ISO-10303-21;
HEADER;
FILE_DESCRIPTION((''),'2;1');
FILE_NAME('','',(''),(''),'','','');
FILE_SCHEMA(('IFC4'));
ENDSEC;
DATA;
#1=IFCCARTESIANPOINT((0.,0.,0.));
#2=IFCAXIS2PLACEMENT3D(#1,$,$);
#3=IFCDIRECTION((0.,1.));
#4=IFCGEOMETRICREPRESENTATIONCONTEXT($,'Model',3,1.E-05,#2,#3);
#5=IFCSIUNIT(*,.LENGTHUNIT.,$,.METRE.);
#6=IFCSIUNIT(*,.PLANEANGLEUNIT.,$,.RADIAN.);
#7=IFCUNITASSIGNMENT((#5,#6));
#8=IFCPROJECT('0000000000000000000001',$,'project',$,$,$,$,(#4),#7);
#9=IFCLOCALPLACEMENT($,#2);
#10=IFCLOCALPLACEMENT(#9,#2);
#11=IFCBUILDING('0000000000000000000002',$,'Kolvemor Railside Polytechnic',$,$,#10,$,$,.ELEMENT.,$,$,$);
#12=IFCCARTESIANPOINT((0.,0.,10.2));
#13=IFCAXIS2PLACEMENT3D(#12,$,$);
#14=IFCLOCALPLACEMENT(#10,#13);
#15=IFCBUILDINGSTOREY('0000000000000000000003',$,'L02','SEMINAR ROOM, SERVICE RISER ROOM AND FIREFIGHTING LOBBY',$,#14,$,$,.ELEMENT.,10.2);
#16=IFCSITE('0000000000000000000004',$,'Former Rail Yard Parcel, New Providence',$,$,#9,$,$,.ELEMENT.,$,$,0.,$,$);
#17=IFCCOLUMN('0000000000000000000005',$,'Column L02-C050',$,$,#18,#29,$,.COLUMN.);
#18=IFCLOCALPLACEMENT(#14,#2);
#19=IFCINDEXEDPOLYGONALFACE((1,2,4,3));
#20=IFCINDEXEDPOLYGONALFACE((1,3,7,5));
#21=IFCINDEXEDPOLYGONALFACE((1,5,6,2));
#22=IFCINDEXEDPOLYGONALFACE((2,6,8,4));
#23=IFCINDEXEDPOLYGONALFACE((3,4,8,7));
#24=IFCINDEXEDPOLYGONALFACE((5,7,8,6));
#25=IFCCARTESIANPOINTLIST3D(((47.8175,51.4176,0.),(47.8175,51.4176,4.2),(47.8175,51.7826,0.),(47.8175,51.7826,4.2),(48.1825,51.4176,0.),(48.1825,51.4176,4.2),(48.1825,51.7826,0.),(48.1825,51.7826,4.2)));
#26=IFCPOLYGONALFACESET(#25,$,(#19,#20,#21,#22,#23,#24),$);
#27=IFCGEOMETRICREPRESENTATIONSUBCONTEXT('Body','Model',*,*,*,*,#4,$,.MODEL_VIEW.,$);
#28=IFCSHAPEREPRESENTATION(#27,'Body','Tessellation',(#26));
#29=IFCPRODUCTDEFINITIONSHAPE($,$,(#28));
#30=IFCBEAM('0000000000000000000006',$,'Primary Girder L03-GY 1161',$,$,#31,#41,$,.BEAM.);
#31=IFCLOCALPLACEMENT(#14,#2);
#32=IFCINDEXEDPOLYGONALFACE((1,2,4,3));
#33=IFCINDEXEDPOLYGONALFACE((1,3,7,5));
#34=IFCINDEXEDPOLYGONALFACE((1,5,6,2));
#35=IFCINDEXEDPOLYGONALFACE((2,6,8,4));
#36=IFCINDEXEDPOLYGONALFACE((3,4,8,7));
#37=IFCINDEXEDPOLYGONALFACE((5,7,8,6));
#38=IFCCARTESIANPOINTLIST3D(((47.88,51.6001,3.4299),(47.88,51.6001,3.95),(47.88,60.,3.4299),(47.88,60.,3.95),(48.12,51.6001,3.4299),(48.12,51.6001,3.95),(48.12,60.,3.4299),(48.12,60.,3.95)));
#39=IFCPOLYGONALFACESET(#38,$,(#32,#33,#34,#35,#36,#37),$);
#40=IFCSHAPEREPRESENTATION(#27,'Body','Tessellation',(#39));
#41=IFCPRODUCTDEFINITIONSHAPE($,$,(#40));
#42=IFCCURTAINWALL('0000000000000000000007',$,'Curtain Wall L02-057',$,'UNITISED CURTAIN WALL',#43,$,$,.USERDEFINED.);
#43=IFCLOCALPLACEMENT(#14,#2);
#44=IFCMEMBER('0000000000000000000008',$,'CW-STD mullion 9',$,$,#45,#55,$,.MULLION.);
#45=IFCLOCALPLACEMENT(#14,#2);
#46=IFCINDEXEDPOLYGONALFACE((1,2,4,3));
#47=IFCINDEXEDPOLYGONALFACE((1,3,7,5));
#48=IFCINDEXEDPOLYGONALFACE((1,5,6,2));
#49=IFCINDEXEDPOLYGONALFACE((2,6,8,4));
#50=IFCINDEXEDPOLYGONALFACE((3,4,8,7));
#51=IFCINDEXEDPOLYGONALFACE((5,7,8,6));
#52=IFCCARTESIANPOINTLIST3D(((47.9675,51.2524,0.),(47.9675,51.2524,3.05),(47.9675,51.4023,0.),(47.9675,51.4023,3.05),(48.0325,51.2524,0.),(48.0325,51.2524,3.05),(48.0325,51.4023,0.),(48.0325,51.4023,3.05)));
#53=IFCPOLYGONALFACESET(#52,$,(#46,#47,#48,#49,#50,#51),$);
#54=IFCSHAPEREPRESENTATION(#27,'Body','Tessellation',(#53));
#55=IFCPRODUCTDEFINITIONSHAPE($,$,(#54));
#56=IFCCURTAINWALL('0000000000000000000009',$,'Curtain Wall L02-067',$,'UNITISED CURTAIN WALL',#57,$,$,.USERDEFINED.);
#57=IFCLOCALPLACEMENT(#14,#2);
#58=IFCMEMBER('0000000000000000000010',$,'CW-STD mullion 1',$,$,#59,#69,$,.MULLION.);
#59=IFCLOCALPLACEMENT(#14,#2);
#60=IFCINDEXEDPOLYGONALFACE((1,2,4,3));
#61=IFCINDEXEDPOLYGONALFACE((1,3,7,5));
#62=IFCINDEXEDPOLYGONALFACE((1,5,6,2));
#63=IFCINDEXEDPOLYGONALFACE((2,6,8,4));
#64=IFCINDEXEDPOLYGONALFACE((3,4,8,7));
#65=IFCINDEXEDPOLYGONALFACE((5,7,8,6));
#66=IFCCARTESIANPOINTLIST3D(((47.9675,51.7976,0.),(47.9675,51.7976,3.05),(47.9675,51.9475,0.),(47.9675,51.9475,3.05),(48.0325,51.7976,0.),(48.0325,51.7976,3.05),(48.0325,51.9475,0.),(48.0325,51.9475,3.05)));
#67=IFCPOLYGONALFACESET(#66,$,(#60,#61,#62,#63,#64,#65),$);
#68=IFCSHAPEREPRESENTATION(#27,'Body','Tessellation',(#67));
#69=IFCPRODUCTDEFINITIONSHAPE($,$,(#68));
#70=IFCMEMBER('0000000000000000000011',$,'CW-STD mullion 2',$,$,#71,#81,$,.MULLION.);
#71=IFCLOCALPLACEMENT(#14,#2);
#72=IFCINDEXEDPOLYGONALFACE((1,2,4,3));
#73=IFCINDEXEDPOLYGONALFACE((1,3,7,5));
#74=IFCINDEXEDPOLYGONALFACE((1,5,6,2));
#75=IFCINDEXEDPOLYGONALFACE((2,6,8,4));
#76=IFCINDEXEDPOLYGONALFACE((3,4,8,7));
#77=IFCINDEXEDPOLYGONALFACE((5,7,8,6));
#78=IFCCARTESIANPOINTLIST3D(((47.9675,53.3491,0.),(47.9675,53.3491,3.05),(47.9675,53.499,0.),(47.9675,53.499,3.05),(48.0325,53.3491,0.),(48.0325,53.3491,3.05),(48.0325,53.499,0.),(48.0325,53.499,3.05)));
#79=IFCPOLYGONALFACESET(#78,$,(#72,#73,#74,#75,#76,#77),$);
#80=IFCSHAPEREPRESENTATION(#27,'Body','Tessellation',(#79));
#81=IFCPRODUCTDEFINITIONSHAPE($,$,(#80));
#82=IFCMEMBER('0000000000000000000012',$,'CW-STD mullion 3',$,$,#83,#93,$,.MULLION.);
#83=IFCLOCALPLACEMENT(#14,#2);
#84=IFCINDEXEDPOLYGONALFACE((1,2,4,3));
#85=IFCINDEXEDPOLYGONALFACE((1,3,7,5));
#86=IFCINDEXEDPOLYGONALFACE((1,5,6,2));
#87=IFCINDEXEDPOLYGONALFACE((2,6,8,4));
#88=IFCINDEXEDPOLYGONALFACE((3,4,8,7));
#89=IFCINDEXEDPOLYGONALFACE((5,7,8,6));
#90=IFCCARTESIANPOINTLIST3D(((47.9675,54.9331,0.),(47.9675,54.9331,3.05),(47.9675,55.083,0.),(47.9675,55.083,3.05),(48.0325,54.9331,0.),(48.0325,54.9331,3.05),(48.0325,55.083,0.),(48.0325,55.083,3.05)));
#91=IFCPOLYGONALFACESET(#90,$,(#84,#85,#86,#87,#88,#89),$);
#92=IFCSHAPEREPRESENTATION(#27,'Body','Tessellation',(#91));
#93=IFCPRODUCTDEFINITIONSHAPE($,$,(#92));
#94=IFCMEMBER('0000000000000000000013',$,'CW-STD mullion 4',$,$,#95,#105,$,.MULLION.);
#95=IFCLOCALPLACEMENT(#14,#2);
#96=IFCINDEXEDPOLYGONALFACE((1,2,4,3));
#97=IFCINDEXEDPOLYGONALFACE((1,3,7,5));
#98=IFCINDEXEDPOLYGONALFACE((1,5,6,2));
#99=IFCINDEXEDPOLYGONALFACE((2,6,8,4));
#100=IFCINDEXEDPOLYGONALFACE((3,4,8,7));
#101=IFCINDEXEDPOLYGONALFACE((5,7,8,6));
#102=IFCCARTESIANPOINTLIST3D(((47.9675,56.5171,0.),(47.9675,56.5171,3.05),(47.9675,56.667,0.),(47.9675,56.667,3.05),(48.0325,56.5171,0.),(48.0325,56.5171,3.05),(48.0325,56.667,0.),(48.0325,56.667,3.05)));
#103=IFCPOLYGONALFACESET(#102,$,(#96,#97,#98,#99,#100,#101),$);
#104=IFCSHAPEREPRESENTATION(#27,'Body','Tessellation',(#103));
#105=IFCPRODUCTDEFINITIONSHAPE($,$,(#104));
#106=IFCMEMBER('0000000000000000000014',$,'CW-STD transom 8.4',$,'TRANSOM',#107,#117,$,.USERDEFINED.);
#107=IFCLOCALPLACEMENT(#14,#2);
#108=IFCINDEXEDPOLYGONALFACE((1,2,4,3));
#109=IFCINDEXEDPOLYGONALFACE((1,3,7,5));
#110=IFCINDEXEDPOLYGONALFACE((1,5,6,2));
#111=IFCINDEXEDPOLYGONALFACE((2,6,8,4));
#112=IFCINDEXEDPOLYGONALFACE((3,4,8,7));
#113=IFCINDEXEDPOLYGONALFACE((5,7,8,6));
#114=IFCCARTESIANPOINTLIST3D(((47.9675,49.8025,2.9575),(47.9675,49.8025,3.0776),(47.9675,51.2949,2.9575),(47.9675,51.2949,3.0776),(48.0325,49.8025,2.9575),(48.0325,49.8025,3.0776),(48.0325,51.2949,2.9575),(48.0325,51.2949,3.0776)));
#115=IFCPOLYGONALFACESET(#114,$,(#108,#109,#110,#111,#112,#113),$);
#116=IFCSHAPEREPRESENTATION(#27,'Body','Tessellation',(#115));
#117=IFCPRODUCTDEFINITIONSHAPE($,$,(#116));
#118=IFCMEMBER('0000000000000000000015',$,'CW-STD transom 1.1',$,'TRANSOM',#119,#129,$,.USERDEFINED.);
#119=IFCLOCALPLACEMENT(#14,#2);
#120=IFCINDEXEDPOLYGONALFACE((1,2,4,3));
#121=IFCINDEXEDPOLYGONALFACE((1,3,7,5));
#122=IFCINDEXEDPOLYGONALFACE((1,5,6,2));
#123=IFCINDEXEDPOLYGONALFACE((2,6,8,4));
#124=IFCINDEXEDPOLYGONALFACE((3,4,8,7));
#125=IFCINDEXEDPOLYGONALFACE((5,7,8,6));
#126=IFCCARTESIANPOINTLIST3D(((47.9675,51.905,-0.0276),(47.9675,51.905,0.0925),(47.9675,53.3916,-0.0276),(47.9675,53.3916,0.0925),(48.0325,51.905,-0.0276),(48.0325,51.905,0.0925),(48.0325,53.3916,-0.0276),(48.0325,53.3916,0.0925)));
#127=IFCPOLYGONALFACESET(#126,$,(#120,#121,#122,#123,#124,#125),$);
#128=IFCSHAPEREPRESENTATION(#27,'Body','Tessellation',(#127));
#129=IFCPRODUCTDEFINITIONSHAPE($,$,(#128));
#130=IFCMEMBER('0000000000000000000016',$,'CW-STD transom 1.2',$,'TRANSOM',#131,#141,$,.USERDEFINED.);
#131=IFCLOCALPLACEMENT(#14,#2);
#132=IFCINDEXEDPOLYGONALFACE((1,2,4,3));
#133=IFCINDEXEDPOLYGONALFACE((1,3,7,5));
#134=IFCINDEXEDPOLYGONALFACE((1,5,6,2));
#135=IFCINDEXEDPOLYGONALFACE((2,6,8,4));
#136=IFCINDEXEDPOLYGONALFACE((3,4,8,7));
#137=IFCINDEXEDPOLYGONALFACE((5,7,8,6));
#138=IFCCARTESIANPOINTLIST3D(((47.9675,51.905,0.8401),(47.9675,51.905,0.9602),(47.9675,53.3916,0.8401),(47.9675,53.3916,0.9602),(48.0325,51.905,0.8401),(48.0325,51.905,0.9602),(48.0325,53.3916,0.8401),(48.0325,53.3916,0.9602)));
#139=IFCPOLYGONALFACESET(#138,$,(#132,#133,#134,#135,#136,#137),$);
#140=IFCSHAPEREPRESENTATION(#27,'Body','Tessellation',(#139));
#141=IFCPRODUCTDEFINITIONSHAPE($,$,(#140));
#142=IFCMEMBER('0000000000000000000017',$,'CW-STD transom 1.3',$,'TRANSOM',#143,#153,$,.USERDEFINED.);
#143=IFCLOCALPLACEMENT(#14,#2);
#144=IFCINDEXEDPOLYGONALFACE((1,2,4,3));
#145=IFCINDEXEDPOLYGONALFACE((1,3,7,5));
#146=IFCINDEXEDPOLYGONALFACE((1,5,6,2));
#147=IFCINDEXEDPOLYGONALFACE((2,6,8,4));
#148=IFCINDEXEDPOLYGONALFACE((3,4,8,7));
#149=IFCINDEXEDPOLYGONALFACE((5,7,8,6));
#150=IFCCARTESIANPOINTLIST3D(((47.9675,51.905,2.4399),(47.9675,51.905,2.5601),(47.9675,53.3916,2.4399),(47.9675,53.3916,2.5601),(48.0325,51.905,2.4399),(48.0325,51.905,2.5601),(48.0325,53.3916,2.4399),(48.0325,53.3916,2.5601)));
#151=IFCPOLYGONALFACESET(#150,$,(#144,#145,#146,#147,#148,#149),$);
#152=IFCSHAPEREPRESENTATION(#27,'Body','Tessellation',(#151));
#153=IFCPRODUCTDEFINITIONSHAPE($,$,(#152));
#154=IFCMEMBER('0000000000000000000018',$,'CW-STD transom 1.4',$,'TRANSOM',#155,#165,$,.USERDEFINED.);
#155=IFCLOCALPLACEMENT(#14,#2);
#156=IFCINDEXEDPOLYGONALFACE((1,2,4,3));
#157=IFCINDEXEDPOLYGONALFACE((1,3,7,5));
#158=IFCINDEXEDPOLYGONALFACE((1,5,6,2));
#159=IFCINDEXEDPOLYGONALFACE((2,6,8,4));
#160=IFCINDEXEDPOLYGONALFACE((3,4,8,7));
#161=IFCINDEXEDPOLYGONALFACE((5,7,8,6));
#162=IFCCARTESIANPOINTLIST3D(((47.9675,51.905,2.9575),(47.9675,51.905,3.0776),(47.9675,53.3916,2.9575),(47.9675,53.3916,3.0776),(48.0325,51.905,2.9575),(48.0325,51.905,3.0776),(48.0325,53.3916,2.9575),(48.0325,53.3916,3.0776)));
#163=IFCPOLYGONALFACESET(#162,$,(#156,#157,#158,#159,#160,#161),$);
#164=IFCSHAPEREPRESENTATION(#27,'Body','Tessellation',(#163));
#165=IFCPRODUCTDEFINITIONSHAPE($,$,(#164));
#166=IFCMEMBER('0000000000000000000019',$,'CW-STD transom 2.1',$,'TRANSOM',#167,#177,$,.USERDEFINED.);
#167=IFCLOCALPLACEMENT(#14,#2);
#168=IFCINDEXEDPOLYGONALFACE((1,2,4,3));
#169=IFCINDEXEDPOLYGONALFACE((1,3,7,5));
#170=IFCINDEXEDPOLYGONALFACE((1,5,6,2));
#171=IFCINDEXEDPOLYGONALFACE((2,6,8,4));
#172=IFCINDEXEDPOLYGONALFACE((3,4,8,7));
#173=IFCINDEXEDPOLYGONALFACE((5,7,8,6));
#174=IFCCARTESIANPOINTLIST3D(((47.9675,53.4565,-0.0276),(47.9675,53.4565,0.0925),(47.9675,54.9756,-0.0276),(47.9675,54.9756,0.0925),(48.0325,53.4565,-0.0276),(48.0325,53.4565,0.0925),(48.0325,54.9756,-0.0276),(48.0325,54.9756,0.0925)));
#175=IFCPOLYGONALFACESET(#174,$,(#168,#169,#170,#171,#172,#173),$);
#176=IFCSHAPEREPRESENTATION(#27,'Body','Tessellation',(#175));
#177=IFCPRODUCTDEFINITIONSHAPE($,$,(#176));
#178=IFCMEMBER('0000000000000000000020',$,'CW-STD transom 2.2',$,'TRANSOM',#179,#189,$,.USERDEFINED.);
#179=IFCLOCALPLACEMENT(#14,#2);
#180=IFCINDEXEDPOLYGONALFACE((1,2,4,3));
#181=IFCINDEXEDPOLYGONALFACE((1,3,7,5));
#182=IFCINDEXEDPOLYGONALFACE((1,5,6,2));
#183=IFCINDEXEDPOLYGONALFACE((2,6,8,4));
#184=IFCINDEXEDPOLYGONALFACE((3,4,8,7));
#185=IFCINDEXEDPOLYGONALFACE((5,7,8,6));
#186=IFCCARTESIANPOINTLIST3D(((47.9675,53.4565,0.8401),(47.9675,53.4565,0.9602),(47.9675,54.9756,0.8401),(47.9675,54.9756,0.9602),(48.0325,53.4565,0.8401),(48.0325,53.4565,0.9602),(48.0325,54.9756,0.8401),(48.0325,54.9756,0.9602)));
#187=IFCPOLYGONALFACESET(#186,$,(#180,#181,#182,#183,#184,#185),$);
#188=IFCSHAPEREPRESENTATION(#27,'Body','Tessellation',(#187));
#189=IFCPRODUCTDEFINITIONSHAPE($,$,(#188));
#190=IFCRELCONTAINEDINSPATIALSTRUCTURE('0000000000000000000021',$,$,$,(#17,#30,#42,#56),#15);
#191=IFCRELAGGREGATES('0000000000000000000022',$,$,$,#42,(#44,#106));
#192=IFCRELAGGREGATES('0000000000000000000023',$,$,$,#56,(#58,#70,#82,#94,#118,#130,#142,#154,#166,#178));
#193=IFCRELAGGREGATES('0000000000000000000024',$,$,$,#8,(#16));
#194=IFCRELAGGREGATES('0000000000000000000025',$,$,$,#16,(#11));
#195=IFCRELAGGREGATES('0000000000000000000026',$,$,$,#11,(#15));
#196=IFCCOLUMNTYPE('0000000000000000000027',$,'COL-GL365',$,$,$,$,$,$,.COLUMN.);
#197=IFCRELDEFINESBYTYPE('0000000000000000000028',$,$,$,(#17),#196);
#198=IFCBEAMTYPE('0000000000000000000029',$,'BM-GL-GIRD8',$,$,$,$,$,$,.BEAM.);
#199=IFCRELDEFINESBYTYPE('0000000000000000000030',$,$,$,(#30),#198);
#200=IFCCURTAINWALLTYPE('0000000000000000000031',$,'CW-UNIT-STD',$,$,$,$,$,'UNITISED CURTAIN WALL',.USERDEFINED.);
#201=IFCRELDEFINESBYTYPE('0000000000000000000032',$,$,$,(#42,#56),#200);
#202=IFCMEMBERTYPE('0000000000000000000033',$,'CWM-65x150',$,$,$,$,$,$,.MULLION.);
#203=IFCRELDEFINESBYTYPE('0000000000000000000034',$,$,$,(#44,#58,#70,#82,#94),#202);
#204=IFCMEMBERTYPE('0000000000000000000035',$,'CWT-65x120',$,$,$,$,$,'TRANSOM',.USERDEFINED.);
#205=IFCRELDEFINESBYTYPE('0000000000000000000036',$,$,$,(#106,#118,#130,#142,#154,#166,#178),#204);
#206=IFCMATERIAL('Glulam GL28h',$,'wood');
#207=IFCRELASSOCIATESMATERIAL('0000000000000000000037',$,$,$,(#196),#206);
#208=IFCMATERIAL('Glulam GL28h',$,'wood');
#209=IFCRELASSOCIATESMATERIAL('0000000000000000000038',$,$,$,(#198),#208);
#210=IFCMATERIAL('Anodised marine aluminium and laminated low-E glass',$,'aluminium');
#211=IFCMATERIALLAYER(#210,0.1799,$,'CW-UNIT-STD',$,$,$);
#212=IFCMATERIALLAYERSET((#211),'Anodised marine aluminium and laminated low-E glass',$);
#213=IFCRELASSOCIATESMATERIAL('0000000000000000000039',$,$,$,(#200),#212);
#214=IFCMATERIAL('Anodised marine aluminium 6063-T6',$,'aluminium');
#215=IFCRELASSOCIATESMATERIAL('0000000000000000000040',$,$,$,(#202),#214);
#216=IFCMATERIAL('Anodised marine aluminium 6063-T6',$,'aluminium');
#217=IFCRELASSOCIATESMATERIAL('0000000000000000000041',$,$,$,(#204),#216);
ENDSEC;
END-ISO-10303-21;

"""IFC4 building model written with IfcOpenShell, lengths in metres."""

from ifc_helpers import new_model, si_unit, direction, frame, origin, origin_2d, place, context, subcontext, project, spatial, rectangle, extrude, material, layer, layer_set, material_profile, profile_set, type_object, element, aggregate, save


model = new_model("IFC4")

# Units and contexts
model_context = context("Model", 3, precision=1e-05, world=origin(), true_north=direction((0.0, 1.0)))
body_context = subcontext(model_context, "Body", "Model", "MODEL_VIEW")
ifc_project = project(units=[si_unit("LENGTHUNIT", "METRE"), si_unit("PLANEANGLEUNIT", "RADIAN")], contexts=[model_context])

# Site, building, storey
site_placement = place(None, origin())
site = spatial("IfcSite", under=ifc_project, at=site_placement, Name="Former Rail Yard Parcel, New Providence", CompositionType="ELEMENT", RefElevation=0.0)
building_placement = place(site_placement, origin())
building = spatial("IfcBuilding", under=site, at=building_placement, Name="Kolvemor Railside Polytechnic", CompositionType="ELEMENT")
storey_placement = place(building_placement, frame((0.0, 0.0, 10.2)))
storey = spatial("IfcBuildingStorey", under=building, at=storey_placement, Name="L02", Description="SEMINAR ROOM, SERVICE RISER ROOM AND FIREFIGHTING LOBBY", CompositionType="ELEMENT", Elevation=10.2)

# Column
ifc_material_1 = material(Name="Glulam GL28h", Category="wood")
ifc_material_profile_1 = material_profile(ifc_material_1, rectangle(XDim=0.365, YDim=0.365, at=origin_2d()), Name="GL365x365")
ifc_profile_set_1 = profile_set([ifc_material_profile_1], Name="Glulam GL28h")
column_type = type_object("IfcColumnType", Name="COL-GL365", PredefinedType="COLUMN", material=ifc_profile_set_1)
column_placement = place(storey_placement, frame((48.0, 51.6001, 0.0), z_axis=(0.0, 0.0, 1.0), x_axis=(1.0, 0.0, 0.0)))
element("IfcColumn", 1, at=column_placement, inside=storey, type_object=column_type, Name="Column L02-C050", PredefinedType="COLUMN", context=body_context, shape_type="SweptSolid", body=[
    extrude(rectangle(XDim=0.365, YDim=0.365, at=origin_2d()), origin(), (0.0, 0.0, 1.0), 4.2),
])

# Beam
ifc_material_2 = material(Name="Glulam GL28h", Category="wood")
ifc_material_profile_2 = material_profile(ifc_material_2, rectangle(XDim=0.24, YDim=0.52, at=origin_2d()), Name="GL240x520")
ifc_profile_set_2 = profile_set([ifc_material_profile_2], Name="Glulam GL28h")
beam_type = type_object("IfcBeamType", Name="BM-GL-GIRD8", PredefinedType="BEAM", material=ifc_profile_set_2)
beam_placement = place(storey_placement, frame((48.0, 51.6001, 3.6899), z_axis=(0.0, 1.0, 0.0), x_axis=(-1.0, 0.0, 0.0)))
element("IfcBeam", 2, at=beam_placement, inside=storey, type_object=beam_type, Name="Primary Girder L03-GY 1161", PredefinedType="BEAM", context=body_context, shape_type="SweptSolid", body=[
    extrude(rectangle(XDim=0.24, YDim=0.52, at=origin_2d()), origin(), (0.0, 0.0, 1.0), 8.3999),
])

# Curtain wall, member
ifc_material_3 = material(Name="Anodised marine aluminium and laminated low-E glass", Category="aluminium")
ifc_layer_1 = layer(ifc_material_3, 0.1799, Name="CW-UNIT-STD")
ifc_layer_set_1 = layer_set([ifc_layer_1], Name="Anodised marine aluminium and laminated low-E glass")
curtain_wall_type = type_object("IfcCurtainWallType", Name="CW-UNIT-STD", ElementType="UNITISED CURTAIN WALL", PredefinedType="USERDEFINED", material=ifc_layer_set_1)
curtain_wall_1_placement = place(storey_placement, origin())
curtain_wall_1 = element("IfcCurtainWall", 3, at=curtain_wall_1_placement, inside=storey, type_object=curtain_wall_type, Name="Curtain Wall L02-057", ObjectType="UNITISED CURTAIN WALL", PredefinedType="USERDEFINED")
ifc_material_4 = material(Name="Anodised marine aluminium 6063-T6", Category="aluminium")
ifc_material_profile_3 = material_profile(ifc_material_4, rectangle(XDim=0.0649, YDim=0.1499, at=origin_2d()), Name="CW-MUL-65x150")
ifc_profile_set_3 = profile_set([ifc_material_profile_3], Name="Anodised marine aluminium 6063-T6")
member_type_1 = type_object("IfcMemberType", Name="CWM-65x150", PredefinedType="MULLION", material=ifc_profile_set_3)
member_1_placement = place(storey_placement, frame((48.0, 51.3274, 0.0), z_axis=(0.0, 0.0, 1.0), x_axis=(-1.0, 0.0, 0.0)))
member_1 = element("IfcMember", 4, at=member_1_placement, type_object=member_type_1, Name="CW-STD mullion 9", PredefinedType="MULLION", context=body_context, shape_type="SweptSolid", body=[
    extrude(rectangle(XDim=0.0649, YDim=0.1499, at=origin_2d()), origin(), (0.0, 0.0, 1.0), 3.05),
])

# Curtain wall, members
curtain_wall_2_placement = place(storey_placement, origin())
curtain_wall_2 = element("IfcCurtainWall", 5, at=curtain_wall_2_placement, inside=storey, type_object=curtain_wall_type, Name="Curtain Wall L02-067", ObjectType="UNITISED CURTAIN WALL", PredefinedType="USERDEFINED")
member_2_placement = place(storey_placement, frame((48.0, 51.8726, 0.0), z_axis=(0.0, 0.0, 1.0), x_axis=(-1.0, 0.0, 0.0)))
member_2 = element("IfcMember", 6, at=member_2_placement, type_object=member_type_1, Name="CW-STD mullion 1", PredefinedType="MULLION", context=body_context, shape_type="SweptSolid", body=[
    extrude(rectangle(XDim=0.0649, YDim=0.1499, at=origin_2d()), origin(), (0.0, 0.0, 1.0), 3.05),
])
member_3_placement = place(storey_placement, frame((48.0, 53.4241, 0.0), z_axis=(0.0, 0.0, 1.0), x_axis=(-1.0, 0.0, 0.0)))
member_3 = element("IfcMember", 7, at=member_3_placement, type_object=member_type_1, Name="CW-STD mullion 2", PredefinedType="MULLION", context=body_context, shape_type="SweptSolid", body=[
    extrude(rectangle(XDim=0.0649, YDim=0.1499, at=origin_2d()), origin(), (0.0, 0.0, 1.0), 3.05),
])
member_4_placement = place(storey_placement, frame((48.0, 55.0081, 0.0), z_axis=(0.0, 0.0, 1.0), x_axis=(-1.0, 0.0, 0.0)))
member_4 = element("IfcMember", 8, at=member_4_placement, type_object=member_type_1, Name="CW-STD mullion 3", PredefinedType="MULLION", context=body_context, shape_type="SweptSolid", body=[
    extrude(rectangle(XDim=0.0649, YDim=0.1499, at=origin_2d()), origin(), (0.0, 0.0, 1.0), 3.05),
])
member_5_placement = place(storey_placement, frame((48.0, 56.592, 0.0), z_axis=(0.0, 0.0, 1.0), x_axis=(-1.0, 0.0, 0.0)))
member_5 = element("IfcMember", 9, at=member_5_placement, type_object=member_type_1, Name="CW-STD mullion 4", PredefinedType="MULLION", context=body_context, shape_type="SweptSolid", body=[
    extrude(rectangle(XDim=0.0649, YDim=0.1499, at=origin_2d()), origin(), (0.0, 0.0, 1.0), 3.05),
])

# Members
ifc_material_5 = material(Name="Anodised marine aluminium 6063-T6", Category="aluminium")
ifc_material_profile_4 = material_profile(ifc_material_5, rectangle(XDim=0.0649, YDim=0.1201, at=origin_2d()), Name="CW-TRN-65x120")
ifc_profile_set_4 = profile_set([ifc_material_profile_4], Name="Anodised marine aluminium 6063-T6")
member_type_2 = type_object("IfcMemberType", Name="CWT-65x120", ElementType="TRANSOM", PredefinedType="USERDEFINED", material=ifc_profile_set_4)
member_6_placement = place(storey_placement, frame((48.0, 49.8025, 3.0176), z_axis=(0.0, 1.0, 0.0), x_axis=(-1.0, 0.0, 0.0)))
member_6 = element("IfcMember", 10, at=member_6_placement, type_object=member_type_2, Name="CW-STD transom 8.4", ObjectType="TRANSOM", PredefinedType="USERDEFINED", context=body_context, shape_type="SweptSolid", body=[
    extrude(rectangle(XDim=0.0649, YDim=0.1201, at=origin_2d()), origin(), (0.0, 0.0, 1.0), 1.4924),
])
member_7_placement = place(storey_placement, frame((48.0, 51.905, 0.0325), z_axis=(0.0, 1.0, 0.0), x_axis=(-1.0, 0.0, 0.0)))
member_7 = element("IfcMember", 11, at=member_7_placement, type_object=member_type_2, Name="CW-STD transom 1.1", ObjectType="TRANSOM", PredefinedType="USERDEFINED", context=body_context, shape_type="SweptSolid", body=[
    extrude(rectangle(XDim=0.0649, YDim=0.1201, at=origin_2d()), origin(), (0.0, 0.0, 1.0), 1.4866),
])
member_8_placement = place(storey_placement, frame((48.0, 51.905, 0.9001), z_axis=(0.0, 1.0, 0.0), x_axis=(-1.0, 0.0, 0.0)))
member_8 = element("IfcMember", 12, at=member_8_placement, type_object=member_type_2, Name="CW-STD transom 1.2", ObjectType="TRANSOM", PredefinedType="USERDEFINED", context=body_context, shape_type="SweptSolid", body=[
    extrude(rectangle(XDim=0.0649, YDim=0.1201, at=origin_2d()), origin(), (0.0, 0.0, 1.0), 1.4866),
])
member_9_placement = place(storey_placement, frame((48.0, 51.905, 2.5), z_axis=(0.0, 1.0, 0.0), x_axis=(-1.0, 0.0, 0.0)))
member_9 = element("IfcMember", 13, at=member_9_placement, type_object=member_type_2, Name="CW-STD transom 1.3", ObjectType="TRANSOM", PredefinedType="USERDEFINED", context=body_context, shape_type="SweptSolid", body=[
    extrude(rectangle(XDim=0.0649, YDim=0.1201, at=origin_2d()), origin(), (0.0, 0.0, 1.0), 1.4866),
])
member_10_placement = place(storey_placement, frame((48.0, 51.905, 3.0176), z_axis=(0.0, 1.0, 0.0), x_axis=(-1.0, 0.0, 0.0)))
member_10 = element("IfcMember", 14, at=member_10_placement, type_object=member_type_2, Name="CW-STD transom 1.4", ObjectType="TRANSOM", PredefinedType="USERDEFINED", context=body_context, shape_type="SweptSolid", body=[
    extrude(rectangle(XDim=0.0649, YDim=0.1201, at=origin_2d()), origin(), (0.0, 0.0, 1.0), 1.4866),
])
member_11_placement = place(storey_placement, frame((48.0, 53.4565, 0.0325), z_axis=(0.0, 1.0, 0.0), x_axis=(-1.0, 0.0, 0.0)))
member_11 = element("IfcMember", 15, at=member_11_placement, type_object=member_type_2, Name="CW-STD transom 2.1", ObjectType="TRANSOM", PredefinedType="USERDEFINED", context=body_context, shape_type="SweptSolid", body=[
    extrude(rectangle(XDim=0.0649, YDim=0.1201, at=origin_2d()), origin(), (0.0, 0.0, 1.0), 1.519),
])
member_12_placement = place(storey_placement, frame((48.0, 53.4565, 0.9001), z_axis=(0.0, 1.0, 0.0), x_axis=(-1.0, 0.0, 0.0)))
member_12 = element("IfcMember", 16, at=member_12_placement, type_object=member_type_2, Name="CW-STD transom 2.2", ObjectType="TRANSOM", PredefinedType="USERDEFINED", context=body_context, shape_type="SweptSolid", body=[
    extrude(rectangle(XDim=0.0649, YDim=0.1201, at=origin_2d()), origin(), (0.0, 0.0, 1.0), 1.519),
])

aggregate(curtain_wall_1, [member_1, member_6])
aggregate(curtain_wall_2, [member_2, member_3, member_4, member_5, member_7, member_8, member_9, member_10, member_11, member_12])

save(model, "model.ifc")
